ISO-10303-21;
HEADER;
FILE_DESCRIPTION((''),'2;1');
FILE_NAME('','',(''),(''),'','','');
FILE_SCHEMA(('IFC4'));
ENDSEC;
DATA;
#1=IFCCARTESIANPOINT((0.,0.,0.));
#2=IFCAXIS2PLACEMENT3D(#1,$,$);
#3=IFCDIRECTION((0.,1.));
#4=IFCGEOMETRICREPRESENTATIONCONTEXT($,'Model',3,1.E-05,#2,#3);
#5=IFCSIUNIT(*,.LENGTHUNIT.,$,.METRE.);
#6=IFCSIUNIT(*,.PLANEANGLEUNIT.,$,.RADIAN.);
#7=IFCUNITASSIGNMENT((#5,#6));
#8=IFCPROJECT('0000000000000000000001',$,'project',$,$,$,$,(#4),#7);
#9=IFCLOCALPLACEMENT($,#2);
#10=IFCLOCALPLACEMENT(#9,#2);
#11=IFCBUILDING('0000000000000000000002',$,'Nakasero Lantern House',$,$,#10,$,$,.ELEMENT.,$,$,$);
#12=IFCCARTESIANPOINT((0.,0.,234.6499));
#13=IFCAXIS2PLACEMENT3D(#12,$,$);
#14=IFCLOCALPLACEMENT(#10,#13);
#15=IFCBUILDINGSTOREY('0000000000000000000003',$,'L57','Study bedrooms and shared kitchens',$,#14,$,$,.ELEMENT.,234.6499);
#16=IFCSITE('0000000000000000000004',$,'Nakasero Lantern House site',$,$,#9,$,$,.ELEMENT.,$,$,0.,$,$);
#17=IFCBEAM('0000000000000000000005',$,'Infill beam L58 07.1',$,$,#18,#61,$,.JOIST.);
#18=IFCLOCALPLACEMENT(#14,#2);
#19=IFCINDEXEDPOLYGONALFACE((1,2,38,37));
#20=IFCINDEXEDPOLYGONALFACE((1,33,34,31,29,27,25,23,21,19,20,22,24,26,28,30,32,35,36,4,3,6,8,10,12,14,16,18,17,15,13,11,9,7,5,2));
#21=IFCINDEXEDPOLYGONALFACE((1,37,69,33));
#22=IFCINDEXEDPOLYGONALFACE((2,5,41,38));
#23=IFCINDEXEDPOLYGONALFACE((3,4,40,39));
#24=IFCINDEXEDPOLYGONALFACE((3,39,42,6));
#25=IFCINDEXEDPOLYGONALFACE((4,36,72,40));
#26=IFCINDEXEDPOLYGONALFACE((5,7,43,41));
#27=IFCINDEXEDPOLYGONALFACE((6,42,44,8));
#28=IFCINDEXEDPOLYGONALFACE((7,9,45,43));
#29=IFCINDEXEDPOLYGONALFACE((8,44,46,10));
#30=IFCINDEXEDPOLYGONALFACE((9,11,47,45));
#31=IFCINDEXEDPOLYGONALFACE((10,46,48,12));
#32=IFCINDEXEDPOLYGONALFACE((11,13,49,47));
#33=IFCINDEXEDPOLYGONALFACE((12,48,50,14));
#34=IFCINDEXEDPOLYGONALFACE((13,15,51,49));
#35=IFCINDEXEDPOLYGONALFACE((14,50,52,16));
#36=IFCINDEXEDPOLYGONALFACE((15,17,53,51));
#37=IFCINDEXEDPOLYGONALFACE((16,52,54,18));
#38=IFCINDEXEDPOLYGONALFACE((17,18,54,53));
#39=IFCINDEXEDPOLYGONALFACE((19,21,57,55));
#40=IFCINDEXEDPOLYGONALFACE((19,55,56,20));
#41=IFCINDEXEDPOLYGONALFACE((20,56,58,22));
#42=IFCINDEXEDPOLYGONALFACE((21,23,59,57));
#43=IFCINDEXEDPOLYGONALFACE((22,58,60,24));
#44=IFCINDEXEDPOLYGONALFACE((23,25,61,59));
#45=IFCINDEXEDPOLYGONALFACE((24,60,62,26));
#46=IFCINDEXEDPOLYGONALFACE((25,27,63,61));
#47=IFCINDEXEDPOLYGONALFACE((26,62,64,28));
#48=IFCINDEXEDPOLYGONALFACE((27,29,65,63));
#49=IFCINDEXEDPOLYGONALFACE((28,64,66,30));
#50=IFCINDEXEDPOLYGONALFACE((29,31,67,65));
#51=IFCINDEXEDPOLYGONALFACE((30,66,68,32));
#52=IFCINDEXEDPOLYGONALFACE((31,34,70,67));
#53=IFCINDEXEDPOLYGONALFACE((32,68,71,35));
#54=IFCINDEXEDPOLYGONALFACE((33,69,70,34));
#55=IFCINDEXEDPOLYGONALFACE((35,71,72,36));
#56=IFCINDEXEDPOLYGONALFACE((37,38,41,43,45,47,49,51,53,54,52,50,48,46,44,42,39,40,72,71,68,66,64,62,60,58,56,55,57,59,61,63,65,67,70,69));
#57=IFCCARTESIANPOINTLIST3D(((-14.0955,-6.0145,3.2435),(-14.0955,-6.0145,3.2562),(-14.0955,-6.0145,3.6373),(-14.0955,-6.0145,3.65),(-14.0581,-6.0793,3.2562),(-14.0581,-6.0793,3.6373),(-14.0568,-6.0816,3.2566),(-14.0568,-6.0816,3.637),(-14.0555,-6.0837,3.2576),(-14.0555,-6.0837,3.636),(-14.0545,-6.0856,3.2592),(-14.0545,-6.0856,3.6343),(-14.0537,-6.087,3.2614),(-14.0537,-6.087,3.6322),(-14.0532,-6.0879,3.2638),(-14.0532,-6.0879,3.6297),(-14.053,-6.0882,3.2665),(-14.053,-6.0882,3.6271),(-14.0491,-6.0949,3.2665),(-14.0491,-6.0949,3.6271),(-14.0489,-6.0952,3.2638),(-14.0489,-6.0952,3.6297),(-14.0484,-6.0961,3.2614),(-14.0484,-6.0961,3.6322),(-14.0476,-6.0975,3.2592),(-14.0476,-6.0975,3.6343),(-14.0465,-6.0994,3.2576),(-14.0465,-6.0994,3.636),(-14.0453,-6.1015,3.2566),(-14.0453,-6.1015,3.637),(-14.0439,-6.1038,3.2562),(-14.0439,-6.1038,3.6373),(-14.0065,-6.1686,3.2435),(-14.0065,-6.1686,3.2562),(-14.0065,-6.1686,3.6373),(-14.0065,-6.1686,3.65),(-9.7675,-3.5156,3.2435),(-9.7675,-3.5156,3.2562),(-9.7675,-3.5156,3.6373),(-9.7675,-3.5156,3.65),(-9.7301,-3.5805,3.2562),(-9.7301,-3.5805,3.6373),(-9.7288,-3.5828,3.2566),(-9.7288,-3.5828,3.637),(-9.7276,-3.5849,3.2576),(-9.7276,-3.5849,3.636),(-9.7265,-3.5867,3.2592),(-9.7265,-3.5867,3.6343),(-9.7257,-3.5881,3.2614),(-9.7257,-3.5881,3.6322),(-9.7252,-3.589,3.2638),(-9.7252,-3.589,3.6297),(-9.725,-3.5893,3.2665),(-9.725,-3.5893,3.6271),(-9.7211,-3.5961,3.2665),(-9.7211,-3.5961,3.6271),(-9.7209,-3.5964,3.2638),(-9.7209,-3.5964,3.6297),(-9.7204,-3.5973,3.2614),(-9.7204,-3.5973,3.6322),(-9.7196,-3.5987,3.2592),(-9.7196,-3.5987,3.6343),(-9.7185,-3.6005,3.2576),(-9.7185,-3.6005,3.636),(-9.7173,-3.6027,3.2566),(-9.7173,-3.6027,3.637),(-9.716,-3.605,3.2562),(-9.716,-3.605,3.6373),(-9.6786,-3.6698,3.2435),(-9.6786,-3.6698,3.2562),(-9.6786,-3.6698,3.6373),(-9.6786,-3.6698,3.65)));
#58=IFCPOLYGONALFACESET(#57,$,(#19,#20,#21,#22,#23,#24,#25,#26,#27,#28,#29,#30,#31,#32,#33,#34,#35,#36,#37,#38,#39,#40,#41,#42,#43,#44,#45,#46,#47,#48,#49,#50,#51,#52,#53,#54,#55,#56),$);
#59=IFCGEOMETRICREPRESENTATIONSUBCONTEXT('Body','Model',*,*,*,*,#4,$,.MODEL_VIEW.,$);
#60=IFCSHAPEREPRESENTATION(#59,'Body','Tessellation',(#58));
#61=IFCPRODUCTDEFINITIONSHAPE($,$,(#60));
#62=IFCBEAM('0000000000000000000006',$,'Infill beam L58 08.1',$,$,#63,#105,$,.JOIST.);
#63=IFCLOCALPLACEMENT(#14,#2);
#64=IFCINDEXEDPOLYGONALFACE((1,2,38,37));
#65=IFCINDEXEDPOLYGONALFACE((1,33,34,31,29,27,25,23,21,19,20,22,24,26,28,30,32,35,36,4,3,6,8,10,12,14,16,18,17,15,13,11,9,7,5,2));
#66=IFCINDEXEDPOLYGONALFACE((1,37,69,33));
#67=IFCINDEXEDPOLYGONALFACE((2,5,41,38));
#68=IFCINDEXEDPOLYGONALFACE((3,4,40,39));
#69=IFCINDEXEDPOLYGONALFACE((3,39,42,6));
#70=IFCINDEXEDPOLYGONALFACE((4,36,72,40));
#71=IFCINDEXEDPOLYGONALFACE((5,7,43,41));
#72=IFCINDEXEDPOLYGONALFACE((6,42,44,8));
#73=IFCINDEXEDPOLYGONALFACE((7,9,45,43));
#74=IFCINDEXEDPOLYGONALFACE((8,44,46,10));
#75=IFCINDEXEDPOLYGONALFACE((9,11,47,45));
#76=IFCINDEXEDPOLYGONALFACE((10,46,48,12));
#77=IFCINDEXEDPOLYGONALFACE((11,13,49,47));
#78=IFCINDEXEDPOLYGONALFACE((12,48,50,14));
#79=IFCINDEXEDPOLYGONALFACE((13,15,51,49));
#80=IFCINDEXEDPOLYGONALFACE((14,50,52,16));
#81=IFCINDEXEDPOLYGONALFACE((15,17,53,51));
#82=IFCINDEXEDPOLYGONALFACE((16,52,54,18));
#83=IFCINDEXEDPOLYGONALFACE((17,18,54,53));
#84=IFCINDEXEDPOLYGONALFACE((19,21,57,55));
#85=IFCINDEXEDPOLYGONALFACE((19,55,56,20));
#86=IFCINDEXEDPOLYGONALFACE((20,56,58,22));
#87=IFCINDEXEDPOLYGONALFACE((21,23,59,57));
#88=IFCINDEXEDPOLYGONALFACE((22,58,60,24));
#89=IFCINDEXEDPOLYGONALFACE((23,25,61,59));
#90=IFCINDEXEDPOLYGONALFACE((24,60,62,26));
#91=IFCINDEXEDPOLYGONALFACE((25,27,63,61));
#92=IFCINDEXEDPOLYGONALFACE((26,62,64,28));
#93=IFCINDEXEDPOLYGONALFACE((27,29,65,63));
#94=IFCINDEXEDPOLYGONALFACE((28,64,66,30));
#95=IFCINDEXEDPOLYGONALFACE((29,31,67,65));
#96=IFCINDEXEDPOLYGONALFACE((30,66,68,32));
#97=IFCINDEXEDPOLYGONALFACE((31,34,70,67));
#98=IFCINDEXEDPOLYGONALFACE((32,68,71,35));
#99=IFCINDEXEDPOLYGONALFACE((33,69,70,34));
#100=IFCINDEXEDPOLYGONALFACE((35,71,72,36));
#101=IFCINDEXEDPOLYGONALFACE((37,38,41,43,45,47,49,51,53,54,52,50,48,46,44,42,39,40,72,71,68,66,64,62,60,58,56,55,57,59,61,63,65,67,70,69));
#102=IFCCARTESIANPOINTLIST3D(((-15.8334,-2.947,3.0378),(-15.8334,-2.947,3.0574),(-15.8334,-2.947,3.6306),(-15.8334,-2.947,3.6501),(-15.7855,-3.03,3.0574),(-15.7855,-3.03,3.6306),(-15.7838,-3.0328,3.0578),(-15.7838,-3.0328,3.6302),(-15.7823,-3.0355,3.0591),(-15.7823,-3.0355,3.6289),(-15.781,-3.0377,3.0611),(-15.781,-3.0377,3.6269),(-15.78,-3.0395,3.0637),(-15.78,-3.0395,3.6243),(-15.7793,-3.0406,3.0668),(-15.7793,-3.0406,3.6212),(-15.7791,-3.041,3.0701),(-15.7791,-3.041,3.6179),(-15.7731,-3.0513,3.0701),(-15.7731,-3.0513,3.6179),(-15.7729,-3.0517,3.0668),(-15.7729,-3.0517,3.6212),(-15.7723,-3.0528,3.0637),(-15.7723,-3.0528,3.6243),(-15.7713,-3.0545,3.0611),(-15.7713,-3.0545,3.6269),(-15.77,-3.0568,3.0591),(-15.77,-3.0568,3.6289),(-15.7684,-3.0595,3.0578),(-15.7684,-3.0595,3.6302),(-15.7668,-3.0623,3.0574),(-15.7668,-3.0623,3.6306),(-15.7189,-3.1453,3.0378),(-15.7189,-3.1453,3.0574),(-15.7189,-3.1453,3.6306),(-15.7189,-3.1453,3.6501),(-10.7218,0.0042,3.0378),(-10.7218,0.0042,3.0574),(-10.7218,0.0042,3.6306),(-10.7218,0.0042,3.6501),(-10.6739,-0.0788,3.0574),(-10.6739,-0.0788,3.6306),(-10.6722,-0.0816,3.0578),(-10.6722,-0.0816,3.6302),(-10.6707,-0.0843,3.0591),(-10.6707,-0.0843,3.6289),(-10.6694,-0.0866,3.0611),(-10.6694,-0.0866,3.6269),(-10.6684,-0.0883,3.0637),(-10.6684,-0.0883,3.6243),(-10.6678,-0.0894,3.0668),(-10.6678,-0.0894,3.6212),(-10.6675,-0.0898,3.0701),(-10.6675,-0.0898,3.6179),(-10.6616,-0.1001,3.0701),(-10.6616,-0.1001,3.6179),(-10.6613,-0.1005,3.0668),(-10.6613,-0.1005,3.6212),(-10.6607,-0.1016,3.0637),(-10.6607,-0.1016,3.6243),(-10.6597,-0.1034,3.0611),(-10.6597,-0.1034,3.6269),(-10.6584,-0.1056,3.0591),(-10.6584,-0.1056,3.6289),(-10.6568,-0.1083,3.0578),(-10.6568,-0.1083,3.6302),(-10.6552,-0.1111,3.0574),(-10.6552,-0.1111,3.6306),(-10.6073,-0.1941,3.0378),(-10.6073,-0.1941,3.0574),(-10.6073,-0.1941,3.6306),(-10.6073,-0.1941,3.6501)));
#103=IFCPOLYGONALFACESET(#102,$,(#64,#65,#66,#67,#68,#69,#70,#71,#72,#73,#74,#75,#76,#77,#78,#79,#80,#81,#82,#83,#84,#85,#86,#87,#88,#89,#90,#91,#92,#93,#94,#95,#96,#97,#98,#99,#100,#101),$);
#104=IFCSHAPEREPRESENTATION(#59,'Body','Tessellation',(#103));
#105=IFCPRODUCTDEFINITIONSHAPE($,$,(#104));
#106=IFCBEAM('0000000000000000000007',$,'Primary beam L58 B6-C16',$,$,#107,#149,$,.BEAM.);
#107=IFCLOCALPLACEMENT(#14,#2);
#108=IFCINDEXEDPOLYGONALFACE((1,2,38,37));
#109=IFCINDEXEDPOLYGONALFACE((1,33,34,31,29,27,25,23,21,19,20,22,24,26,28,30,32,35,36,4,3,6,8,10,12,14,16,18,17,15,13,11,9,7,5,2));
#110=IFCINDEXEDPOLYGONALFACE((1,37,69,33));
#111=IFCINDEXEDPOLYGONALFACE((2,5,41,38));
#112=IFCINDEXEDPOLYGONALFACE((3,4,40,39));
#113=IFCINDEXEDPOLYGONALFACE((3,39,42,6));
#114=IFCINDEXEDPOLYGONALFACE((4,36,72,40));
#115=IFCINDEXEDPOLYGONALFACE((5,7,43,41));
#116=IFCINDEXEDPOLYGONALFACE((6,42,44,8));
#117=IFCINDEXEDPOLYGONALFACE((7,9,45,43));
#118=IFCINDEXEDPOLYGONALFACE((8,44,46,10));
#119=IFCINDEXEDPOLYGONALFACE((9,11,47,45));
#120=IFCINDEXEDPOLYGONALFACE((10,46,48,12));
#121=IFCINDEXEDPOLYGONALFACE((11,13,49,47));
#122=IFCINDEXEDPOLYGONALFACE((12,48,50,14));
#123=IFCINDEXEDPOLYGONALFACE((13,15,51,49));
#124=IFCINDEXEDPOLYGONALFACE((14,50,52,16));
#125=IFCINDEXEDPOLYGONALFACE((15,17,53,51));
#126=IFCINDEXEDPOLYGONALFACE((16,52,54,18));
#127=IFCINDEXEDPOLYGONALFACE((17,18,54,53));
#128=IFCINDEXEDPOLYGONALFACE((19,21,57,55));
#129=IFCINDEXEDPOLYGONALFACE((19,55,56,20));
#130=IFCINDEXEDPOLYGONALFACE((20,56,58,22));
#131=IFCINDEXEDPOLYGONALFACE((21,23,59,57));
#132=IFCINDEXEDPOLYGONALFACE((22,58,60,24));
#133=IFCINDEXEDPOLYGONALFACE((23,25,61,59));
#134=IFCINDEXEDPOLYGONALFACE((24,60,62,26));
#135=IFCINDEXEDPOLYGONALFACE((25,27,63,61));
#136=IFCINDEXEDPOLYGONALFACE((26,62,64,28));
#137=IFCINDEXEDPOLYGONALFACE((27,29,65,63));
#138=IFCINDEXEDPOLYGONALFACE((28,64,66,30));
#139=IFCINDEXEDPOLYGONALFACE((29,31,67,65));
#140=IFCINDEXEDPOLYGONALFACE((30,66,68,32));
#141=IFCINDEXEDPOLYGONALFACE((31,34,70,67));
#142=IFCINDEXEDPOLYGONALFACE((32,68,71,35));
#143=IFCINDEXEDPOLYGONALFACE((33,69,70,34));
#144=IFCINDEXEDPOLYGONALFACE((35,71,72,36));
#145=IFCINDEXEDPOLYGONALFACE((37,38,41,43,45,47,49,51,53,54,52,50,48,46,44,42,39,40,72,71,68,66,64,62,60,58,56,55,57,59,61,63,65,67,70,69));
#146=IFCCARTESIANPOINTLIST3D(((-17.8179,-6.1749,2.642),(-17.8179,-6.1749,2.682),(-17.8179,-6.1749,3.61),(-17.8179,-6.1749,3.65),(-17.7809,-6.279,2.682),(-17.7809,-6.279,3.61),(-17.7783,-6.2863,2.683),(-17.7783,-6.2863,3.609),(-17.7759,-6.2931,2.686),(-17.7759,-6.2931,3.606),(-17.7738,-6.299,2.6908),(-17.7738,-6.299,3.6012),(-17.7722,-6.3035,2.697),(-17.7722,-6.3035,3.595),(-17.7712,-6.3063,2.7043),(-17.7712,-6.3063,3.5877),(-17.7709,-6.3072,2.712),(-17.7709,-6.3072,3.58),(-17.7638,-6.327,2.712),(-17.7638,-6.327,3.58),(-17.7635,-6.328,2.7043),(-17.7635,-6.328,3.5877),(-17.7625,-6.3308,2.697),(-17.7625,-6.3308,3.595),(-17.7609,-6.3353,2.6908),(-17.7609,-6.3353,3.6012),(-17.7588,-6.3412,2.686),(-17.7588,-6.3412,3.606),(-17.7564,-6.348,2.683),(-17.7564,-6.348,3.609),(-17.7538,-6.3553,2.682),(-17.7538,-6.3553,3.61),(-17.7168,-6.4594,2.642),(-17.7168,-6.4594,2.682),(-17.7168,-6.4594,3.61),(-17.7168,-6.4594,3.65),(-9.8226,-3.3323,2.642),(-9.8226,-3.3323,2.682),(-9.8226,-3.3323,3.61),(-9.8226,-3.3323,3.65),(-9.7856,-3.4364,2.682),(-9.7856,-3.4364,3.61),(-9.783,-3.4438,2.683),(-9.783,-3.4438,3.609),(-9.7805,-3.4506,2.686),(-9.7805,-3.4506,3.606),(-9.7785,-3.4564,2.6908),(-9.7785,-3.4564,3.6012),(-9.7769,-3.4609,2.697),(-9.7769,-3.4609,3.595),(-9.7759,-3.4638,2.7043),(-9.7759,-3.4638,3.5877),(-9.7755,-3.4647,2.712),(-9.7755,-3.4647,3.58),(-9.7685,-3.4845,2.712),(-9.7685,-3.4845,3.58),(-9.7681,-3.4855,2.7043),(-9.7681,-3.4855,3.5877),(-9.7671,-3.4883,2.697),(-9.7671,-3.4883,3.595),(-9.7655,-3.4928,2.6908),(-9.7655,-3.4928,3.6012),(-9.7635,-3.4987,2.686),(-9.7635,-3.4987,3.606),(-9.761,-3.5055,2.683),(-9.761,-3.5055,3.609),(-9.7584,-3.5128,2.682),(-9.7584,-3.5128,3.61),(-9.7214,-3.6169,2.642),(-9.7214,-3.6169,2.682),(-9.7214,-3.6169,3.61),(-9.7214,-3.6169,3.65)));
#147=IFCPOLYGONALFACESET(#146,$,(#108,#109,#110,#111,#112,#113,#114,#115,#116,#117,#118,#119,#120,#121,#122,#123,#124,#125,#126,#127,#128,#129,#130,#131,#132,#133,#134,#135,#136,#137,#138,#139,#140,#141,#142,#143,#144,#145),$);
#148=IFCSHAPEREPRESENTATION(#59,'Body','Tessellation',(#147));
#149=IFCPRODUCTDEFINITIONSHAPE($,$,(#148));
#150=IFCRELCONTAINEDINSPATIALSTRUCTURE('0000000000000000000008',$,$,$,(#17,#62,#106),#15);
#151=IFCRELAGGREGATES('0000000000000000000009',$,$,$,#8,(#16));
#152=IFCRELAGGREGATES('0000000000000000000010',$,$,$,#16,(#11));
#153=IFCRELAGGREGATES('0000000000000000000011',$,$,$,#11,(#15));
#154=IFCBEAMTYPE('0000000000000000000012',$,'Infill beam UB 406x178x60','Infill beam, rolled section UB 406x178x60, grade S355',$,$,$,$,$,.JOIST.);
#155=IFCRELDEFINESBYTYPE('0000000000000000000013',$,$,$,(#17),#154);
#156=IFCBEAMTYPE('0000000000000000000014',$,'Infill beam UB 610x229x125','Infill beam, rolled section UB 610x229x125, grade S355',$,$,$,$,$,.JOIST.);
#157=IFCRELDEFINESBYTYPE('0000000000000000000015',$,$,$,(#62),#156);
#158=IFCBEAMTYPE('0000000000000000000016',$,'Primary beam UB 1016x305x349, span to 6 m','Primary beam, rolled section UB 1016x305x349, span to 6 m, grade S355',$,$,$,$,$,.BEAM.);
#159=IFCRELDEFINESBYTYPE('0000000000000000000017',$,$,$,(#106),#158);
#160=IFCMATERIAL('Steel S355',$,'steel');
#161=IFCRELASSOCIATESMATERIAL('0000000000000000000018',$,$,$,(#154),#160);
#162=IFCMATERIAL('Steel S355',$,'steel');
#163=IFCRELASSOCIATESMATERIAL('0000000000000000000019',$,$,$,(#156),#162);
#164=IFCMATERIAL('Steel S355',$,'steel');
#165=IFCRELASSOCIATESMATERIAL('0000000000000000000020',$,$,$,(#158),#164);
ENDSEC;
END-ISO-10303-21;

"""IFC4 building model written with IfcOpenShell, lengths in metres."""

from ifc_helpers import new_model, si_unit, direction, frame, origin, origin_2d, place, context, subcontext, project, spatial, i_section, extrude, material, material_profile, profile_set, type_object, element, save


model = new_model("IFC4")

# Units and contexts
model_context = context("Model", 3, precision=1e-05, world=origin(), true_north=direction((0.0, 1.0)))
body_context = subcontext(model_context, "Body", "Model", "MODEL_VIEW")
ifc_project = project(units=[si_unit("LENGTHUNIT", "METRE"), si_unit("PLANEANGLEUNIT", "RADIAN")], contexts=[model_context])

# Site, building, storey
site_placement = place(None, origin())
site = spatial("IfcSite", under=ifc_project, at=site_placement, Name="Nakasero Lantern House site", CompositionType="ELEMENT", RefElevation=0.0)
building_placement = place(site_placement, origin())
building = spatial("IfcBuilding", under=site, at=building_placement, Name="Nakasero Lantern House", CompositionType="ELEMENT")
storey_placement = place(building_placement, frame((0.0, 0.0, 234.6499)))
storey = spatial("IfcBuildingStorey", under=building, at=storey_placement, Name="L57", Description="Study bedrooms and shared kitchens", CompositionType="ELEMENT", Elevation=234.6499)

# Beams
ifc_material_1 = material(Name="Steel S355", Category="steel")
ifc_material_profile_1 = material_profile(ifc_material_1, i_section(OverallWidth=0.178, OverallDepth=0.4065, WebThickness=0.0078, FlangeThickness=0.0127, FilletRadius=0.0103, at=origin_2d()), Name="UB 406x178x60")
ifc_profile_set_1 = profile_set([ifc_material_profile_1], Name="Steel S355")
beam_type_1 = type_object("IfcBeamType", Name="Infill beam UB 406x178x60", Description="Infill beam, rolled section UB 406x178x60, grade S355", PredefinedType="JOIST", material=ifc_profile_set_1)
beam_1_placement = place(storey_placement, frame((-14.051, -6.0916, 3.4468), z_axis=(0.866019, 0.500011, 0.0), x_axis=(-0.500011, 0.866019, 0.0)))
element("IfcBeam", 1, at=beam_1_placement, inside=storey, type_object=beam_type_1, Name="Infill beam L58 07.1", PredefinedType="JOIST", context=body_context, shape_type="SweptSolid", body=[
    extrude(i_section(OverallWidth=0.178, OverallDepth=0.4065, WebThickness=0.0078, FlangeThickness=0.0127, FilletRadius=0.0103, at=origin_2d()), origin(), (0.0, 0.0, 1.0), 4.9976),
])
ifc_material_2 = material(Name="Steel S355", Category="steel")
ifc_material_profile_2 = material_profile(ifc_material_2, i_section(OverallWidth=0.229, OverallDepth=0.6123, WebThickness=0.012, FlangeThickness=0.0195, FilletRadius=0.0127, at=origin_2d()), Name="UB 610x229x125")
ifc_profile_set_2 = profile_set([ifc_material_profile_2], Name="Steel S355")
beam_type_2 = type_object("IfcBeamType", Name="Infill beam UB 610x229x125", Description="Infill beam, rolled section UB 610x229x125, grade S355", PredefinedType="JOIST", material=ifc_profile_set_2)
beam_2_placement = place(storey_placement, frame((-15.7761, -3.0461, 3.344), z_axis=(0.866025, 0.500001, 0.0), x_axis=(-0.500001, 0.866025, 0.0)))
element("IfcBeam", 2, at=beam_2_placement, inside=storey, type_object=beam_type_2, Name="Infill beam L58 08.1", PredefinedType="JOIST", context=body_context, shape_type="SweptSolid", body=[
    extrude(i_section(OverallWidth=0.229, OverallDepth=0.6123, WebThickness=0.012, FlangeThickness=0.0195, FilletRadius=0.0127, at=origin_2d()), origin(), (0.0, 0.0, 1.0), 5.9023),
])
ifc_material_3 = material(Name="Steel S355", Category="steel")
ifc_material_profile_3 = material_profile(ifc_material_3, i_section(OverallWidth=0.302, OverallDepth=1.0081, WebThickness=0.021, FlangeThickness=0.04, FilletRadius=0.03, at=origin_2d()), Name="UB 1016x305x349")
ifc_profile_set_3 = profile_set([ifc_material_profile_3], Name="Steel S355")
beam_type_3 = type_object("IfcBeamType", Name="Primary beam UB 1016x305x349, span to 6 m", Description="Primary beam, rolled section UB 1016x305x349, span to 6 m, grade S355", PredefinedType="BEAM", material=ifc_profile_set_3)
beam_3_placement = place(storey_placement, frame((-17.7673, -6.3171, 3.146), z_axis=(0.942225, 0.334982, 0.0), x_axis=(-0.334982, 0.942225, 0.0)))
element("IfcBeam", 3, at=beam_3_placement, inside=storey, type_object=beam_type_3, Name="Primary beam L58 B6-C16", PredefinedType="BEAM", context=body_context, shape_type="SweptSolid", body=[
    extrude(i_section(OverallWidth=0.302, OverallDepth=1.0081, WebThickness=0.021, FlangeThickness=0.04, FilletRadius=0.03, at=origin_2d()), origin(), (0.0, 0.0, 1.0), 8.4856),
])

save(model, "model.ifc")
